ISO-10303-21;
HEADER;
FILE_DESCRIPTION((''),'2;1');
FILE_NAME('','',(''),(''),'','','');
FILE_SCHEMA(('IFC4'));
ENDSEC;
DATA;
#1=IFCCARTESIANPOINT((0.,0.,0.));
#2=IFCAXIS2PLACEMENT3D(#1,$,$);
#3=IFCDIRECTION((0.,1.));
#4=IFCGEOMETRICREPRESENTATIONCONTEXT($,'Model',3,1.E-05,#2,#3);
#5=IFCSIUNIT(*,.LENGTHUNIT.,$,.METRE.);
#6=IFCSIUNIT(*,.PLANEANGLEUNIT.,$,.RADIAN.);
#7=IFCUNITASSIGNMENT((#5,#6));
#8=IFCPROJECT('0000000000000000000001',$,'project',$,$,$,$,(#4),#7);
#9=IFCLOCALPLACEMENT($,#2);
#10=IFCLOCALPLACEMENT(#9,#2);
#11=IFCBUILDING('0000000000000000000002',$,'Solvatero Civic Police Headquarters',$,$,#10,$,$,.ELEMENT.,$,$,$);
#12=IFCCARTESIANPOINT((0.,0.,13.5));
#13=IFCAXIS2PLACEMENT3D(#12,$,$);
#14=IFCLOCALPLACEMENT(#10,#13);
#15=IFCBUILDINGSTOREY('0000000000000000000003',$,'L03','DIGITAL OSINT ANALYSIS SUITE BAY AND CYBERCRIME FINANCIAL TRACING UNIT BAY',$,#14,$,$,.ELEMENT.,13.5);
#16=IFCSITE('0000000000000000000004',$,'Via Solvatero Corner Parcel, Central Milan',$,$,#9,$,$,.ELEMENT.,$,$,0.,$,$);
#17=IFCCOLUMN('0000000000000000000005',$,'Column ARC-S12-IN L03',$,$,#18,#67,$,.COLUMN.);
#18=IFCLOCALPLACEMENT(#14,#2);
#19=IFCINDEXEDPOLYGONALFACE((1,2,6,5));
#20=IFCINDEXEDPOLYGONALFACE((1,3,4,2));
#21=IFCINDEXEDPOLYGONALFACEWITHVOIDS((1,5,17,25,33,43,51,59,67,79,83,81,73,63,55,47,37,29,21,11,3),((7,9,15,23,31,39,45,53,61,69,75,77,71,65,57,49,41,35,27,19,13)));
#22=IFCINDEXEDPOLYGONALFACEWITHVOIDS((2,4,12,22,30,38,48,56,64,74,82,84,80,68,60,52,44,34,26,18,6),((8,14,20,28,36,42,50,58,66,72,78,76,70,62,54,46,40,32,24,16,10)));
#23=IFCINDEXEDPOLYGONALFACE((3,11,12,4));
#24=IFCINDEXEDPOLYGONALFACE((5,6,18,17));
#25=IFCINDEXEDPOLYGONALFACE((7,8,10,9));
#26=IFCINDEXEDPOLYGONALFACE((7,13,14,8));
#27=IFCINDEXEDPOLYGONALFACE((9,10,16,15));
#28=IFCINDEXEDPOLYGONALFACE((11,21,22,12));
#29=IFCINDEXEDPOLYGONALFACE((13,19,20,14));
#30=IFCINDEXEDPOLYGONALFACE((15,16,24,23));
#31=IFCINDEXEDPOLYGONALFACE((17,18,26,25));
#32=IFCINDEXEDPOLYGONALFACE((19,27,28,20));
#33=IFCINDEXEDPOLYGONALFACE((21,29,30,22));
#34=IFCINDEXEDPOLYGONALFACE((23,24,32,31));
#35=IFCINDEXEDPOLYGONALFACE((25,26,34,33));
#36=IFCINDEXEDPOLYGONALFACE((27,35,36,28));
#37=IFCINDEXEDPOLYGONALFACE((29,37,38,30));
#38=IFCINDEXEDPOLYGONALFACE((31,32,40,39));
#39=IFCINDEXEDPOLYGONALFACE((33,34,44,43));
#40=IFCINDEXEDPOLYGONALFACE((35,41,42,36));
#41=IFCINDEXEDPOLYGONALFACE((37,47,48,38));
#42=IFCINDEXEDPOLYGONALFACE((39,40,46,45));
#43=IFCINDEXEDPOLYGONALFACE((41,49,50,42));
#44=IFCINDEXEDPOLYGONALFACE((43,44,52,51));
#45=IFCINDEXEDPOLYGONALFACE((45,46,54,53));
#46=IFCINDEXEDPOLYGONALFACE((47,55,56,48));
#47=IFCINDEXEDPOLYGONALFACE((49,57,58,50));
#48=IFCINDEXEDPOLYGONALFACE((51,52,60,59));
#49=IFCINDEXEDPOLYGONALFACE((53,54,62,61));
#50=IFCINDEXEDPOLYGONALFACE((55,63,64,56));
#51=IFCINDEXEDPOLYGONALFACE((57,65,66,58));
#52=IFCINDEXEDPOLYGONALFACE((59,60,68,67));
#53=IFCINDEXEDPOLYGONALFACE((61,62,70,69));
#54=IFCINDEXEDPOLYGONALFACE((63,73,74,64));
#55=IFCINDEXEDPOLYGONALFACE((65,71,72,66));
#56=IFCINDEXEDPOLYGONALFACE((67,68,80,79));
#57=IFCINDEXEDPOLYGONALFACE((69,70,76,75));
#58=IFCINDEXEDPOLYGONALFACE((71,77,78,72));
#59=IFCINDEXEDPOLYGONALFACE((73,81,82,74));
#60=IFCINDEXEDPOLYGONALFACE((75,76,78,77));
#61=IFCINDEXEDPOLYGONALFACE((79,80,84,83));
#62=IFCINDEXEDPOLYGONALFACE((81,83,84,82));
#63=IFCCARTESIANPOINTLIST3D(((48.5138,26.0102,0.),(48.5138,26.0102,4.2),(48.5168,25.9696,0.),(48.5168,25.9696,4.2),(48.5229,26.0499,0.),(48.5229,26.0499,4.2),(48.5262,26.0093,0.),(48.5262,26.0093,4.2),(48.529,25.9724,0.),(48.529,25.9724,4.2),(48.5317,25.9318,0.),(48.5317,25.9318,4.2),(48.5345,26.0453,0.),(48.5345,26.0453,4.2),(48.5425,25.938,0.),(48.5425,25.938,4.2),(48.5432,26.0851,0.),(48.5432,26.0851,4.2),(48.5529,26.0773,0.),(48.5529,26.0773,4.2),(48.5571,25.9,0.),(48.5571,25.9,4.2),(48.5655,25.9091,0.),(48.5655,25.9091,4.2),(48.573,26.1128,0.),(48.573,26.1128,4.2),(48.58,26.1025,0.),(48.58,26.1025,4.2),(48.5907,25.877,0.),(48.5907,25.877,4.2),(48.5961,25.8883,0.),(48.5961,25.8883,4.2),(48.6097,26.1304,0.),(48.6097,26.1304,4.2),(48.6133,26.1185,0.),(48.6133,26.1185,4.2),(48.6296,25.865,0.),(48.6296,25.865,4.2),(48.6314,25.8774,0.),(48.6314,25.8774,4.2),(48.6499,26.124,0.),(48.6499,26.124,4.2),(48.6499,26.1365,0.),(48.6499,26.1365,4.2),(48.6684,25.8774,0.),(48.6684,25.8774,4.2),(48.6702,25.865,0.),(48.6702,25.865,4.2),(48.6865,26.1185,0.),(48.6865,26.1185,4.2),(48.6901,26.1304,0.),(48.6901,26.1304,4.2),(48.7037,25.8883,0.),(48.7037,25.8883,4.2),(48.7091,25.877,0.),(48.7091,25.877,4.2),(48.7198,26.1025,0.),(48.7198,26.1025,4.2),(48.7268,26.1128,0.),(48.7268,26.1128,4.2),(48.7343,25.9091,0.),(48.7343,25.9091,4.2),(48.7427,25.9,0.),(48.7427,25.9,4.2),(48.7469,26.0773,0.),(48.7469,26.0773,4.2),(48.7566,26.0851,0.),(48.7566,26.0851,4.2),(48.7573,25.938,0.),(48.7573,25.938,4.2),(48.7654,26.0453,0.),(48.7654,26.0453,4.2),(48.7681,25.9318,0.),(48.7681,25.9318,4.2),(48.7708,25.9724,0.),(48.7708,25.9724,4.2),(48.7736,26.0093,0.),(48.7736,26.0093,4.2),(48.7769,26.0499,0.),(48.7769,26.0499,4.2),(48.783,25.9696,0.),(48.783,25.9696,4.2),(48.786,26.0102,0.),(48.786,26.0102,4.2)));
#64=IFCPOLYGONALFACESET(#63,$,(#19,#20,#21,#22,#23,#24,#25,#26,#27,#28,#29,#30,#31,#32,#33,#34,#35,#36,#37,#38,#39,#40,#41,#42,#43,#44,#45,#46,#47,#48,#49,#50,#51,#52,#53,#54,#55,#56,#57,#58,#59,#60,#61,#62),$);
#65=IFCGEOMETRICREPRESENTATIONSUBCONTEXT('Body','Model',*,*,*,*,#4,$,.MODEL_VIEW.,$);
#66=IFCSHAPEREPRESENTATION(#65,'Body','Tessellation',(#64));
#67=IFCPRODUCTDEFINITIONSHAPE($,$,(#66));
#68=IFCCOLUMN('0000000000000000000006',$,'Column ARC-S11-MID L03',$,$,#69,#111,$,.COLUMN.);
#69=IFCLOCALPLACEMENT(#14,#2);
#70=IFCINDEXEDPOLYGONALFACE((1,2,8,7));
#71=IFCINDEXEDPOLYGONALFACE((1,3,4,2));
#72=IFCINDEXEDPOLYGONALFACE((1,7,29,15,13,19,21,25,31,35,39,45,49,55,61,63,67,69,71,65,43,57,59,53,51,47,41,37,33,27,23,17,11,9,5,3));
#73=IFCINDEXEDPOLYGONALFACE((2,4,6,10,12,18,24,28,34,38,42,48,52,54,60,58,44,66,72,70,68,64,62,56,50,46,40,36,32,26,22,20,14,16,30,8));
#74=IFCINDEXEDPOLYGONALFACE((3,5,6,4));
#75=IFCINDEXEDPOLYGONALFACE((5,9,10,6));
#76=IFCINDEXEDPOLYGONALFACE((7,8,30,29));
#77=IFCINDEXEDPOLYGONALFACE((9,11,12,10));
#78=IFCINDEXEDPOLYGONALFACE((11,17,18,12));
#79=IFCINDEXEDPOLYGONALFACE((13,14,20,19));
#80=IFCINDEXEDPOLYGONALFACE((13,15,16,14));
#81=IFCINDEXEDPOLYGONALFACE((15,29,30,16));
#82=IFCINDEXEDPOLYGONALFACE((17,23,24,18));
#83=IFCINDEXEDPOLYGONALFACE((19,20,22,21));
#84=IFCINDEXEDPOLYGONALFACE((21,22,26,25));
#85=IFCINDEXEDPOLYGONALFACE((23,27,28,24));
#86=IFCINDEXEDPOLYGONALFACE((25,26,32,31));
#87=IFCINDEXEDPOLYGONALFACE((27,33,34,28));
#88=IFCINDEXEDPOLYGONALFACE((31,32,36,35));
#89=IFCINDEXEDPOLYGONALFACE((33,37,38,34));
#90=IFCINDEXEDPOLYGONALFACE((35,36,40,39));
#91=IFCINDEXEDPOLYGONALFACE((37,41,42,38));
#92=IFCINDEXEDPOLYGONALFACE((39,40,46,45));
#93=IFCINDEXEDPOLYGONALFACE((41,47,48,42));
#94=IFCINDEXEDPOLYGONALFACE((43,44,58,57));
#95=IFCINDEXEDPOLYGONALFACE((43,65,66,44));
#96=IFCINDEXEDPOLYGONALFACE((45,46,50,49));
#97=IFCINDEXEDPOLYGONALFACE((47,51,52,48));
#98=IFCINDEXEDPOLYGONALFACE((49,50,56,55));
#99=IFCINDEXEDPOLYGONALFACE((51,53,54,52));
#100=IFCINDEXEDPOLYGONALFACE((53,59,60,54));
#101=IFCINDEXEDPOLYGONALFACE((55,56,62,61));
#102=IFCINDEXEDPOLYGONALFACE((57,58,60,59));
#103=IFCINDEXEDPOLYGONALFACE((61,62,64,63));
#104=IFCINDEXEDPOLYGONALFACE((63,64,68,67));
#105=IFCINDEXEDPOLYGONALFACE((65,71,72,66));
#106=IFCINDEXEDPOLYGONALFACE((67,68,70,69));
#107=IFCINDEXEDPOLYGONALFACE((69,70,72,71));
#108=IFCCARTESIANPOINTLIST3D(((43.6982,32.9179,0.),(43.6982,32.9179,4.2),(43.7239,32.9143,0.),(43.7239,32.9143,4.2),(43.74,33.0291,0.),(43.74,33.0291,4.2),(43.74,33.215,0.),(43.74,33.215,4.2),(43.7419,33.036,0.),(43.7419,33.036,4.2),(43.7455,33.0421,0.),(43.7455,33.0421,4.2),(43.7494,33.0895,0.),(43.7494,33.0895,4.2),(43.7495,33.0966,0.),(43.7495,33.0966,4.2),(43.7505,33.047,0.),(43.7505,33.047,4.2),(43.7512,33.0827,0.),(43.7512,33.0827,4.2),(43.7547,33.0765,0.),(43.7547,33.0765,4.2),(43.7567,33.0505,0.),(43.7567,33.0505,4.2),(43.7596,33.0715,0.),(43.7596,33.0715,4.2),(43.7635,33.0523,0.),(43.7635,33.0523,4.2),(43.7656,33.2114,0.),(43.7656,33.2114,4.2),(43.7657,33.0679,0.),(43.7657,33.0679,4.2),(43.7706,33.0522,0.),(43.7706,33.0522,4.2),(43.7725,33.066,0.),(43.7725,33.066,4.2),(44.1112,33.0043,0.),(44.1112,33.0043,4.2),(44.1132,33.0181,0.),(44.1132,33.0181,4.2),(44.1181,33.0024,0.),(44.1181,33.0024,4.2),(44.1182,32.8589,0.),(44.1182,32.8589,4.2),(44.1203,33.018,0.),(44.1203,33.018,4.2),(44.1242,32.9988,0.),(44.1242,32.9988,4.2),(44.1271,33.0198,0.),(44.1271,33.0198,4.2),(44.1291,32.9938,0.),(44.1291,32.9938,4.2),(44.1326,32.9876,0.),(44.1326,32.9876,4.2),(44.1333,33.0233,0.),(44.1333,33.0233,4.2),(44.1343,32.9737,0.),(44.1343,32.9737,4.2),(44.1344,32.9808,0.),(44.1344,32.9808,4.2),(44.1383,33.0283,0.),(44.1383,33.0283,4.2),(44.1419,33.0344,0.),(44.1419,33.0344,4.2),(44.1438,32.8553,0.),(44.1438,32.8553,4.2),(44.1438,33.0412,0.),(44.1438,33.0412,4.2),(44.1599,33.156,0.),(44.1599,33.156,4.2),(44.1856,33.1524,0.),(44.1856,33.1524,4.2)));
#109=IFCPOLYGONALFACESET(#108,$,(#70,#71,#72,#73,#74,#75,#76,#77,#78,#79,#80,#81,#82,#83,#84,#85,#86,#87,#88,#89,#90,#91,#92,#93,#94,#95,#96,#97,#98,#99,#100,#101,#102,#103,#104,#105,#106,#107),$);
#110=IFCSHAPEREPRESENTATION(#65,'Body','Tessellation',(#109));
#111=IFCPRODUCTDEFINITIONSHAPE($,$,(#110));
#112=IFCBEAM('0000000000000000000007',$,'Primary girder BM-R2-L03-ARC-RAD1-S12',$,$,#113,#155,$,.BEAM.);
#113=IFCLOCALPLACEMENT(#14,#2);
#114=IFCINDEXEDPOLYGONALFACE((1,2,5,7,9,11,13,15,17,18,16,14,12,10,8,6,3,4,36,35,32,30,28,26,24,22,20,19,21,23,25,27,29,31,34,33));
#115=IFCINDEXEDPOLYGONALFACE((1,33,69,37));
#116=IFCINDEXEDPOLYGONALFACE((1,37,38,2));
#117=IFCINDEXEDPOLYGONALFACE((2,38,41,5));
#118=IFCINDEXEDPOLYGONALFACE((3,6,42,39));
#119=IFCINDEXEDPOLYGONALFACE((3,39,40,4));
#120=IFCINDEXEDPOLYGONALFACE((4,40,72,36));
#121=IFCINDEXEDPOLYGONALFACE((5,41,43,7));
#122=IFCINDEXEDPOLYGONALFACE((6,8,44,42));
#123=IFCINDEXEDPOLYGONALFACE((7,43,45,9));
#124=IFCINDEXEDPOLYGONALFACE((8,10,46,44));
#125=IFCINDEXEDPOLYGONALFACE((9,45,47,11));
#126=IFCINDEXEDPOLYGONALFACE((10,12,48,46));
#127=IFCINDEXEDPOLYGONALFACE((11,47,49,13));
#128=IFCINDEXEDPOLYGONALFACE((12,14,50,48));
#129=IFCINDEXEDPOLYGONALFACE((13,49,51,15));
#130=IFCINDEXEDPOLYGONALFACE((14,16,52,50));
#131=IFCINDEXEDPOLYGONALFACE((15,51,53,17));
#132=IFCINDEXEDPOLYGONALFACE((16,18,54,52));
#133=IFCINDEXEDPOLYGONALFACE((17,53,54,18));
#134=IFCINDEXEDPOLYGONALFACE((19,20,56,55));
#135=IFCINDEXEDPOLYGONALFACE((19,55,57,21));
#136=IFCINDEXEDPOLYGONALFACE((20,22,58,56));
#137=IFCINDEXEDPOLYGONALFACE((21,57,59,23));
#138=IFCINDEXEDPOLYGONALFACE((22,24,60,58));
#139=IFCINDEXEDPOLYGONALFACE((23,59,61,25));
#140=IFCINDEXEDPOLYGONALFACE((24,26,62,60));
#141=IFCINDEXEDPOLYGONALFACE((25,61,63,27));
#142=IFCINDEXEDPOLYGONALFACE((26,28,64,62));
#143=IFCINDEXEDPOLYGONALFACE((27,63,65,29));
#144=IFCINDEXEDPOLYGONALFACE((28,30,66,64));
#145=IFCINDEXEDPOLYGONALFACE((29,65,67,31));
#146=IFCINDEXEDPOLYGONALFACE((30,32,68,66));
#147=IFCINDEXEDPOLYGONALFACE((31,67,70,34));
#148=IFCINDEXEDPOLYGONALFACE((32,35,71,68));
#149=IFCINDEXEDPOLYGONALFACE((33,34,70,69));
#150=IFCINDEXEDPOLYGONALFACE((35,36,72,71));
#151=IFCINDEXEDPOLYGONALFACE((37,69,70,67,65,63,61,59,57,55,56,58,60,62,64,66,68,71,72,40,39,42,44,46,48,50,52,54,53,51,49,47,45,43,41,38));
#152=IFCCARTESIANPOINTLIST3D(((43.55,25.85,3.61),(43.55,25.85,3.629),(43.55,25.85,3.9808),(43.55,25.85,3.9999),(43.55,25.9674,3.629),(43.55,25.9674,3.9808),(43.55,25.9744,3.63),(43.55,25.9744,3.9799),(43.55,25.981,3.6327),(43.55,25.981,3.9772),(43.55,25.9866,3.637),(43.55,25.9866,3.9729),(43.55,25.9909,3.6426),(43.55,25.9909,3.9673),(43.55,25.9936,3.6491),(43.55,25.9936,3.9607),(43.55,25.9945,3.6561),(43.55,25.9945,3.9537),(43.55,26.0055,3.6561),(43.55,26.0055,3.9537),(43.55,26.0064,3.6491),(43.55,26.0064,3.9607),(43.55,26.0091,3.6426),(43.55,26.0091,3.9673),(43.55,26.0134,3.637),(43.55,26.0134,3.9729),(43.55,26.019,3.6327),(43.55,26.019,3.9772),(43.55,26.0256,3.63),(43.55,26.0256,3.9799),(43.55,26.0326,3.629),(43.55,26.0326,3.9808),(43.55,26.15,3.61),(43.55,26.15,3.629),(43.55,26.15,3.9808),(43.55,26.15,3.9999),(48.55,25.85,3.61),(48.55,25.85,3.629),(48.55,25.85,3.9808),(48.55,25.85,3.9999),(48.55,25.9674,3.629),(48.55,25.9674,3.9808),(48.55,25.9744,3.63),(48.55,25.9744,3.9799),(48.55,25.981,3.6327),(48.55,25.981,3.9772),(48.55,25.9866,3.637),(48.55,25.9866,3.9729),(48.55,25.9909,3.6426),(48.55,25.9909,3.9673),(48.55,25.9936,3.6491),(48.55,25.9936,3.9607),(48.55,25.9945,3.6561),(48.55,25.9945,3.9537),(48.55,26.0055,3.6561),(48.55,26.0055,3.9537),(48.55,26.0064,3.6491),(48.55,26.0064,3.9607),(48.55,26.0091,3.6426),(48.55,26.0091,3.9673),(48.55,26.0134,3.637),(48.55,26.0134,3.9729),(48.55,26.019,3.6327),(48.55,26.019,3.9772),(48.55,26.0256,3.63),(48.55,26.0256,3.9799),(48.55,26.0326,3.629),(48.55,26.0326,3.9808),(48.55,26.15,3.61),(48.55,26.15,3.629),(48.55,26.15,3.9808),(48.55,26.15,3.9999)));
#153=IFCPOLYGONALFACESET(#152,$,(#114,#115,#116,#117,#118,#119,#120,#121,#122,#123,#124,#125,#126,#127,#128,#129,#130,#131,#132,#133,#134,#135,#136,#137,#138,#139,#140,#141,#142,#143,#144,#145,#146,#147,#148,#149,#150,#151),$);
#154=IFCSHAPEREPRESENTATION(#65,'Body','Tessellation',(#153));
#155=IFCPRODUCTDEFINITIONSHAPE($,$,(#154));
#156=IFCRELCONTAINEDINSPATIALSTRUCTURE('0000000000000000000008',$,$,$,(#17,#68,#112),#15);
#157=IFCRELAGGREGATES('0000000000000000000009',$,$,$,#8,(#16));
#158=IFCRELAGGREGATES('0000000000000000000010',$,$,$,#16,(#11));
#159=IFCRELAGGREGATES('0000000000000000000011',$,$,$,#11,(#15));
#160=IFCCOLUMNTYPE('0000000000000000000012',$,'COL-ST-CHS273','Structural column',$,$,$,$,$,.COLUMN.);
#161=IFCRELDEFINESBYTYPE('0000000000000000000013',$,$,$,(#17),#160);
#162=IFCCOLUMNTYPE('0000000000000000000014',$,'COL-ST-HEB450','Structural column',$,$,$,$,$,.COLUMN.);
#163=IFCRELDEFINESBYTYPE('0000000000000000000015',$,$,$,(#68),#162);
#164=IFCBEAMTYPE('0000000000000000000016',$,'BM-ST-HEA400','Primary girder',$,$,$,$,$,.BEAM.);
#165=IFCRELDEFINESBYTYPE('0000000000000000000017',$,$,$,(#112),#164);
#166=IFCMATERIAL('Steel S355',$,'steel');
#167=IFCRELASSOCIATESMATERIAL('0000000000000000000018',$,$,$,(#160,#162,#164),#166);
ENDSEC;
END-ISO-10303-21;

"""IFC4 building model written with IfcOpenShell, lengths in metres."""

from ifc_helpers import new_model, si_unit, direction, frame, origin, origin_2d, place, context, subcontext, project, spatial, hollow_circle, i_section, extrude, material, material_profile, profile_set, type_object, element, save


model = new_model("IFC4")

# Units and contexts
model_context = context("Model", 3, precision=1e-05, world=origin(), true_north=direction((0.0, 1.0)))
body_context = subcontext(model_context, "Body", "Model", "MODEL_VIEW")
ifc_project = project(units=[si_unit("LENGTHUNIT", "METRE"), si_unit("PLANEANGLEUNIT", "RADIAN")], contexts=[model_context])

# Site, building, storey
site_placement = place(None, origin())
site = spatial("IfcSite", under=ifc_project, at=site_placement, Name="Via Solvatero Corner Parcel, Central Milan", CompositionType="ELEMENT", RefElevation=0.0)
building_placement = place(site_placement, origin())
building = spatial("IfcBuilding", under=site, at=building_placement, Name="Solvatero Civic Police Headquarters", CompositionType="ELEMENT")
storey_placement = place(building_placement, frame((0.0, 0.0, 13.5)))
storey = spatial("IfcBuildingStorey", under=building, at=storey_placement, Name="L03", Description="DIGITAL OSINT ANALYSIS SUITE BAY AND CYBERCRIME FINANCIAL TRACING UNIT BAY", CompositionType="ELEMENT", Elevation=13.5)

# Columns
ifc_material_1 = material(Name="Steel S355", Category="steel")
ifc_material_profile_1 = material_profile(ifc_material_1, hollow_circle(Radius=0.1365, WallThickness=0.0125, at=origin_2d()), Name="CHS 273.0x12.5")
ifc_profile_set_1 = profile_set([ifc_material_profile_1], Name="Steel S355")
column_type_1 = type_object("IfcColumnType", Name="COL-ST-CHS273", Description="Structural column", PredefinedType="COLUMN", material=ifc_profile_set_1)
column_1_placement = place(storey_placement, frame((48.6499, 26.0, 0.0), z_axis=(0.0, 0.0, 1.0), x_axis=(0.0, 1.0, 0.0)))
element("IfcColumn", 1, at=column_1_placement, inside=storey, type_object=column_type_1, Name="Column ARC-S12-IN L03", PredefinedType="COLUMN", context=body_context, shape_type="SweptSolid", body=[
    extrude(hollow_circle(Radius=0.1365, WallThickness=0.0125, at=origin_2d()), origin(), (0.0, 0.0, 1.0), 4.2),
])
ifc_material_profile_2 = material_profile(ifc_material_1, i_section(OverallWidth=0.3, OverallDepth=0.45, WebThickness=0.0139, FlangeThickness=0.0259, FilletRadius=0.0271, at=origin_2d()), Name="HEB 450")
ifc_profile_set_2 = profile_set([ifc_material_profile_2], Name="Steel S355")
column_type_2 = type_object("IfcColumnType", Name="COL-ST-HEB450", Description="Structural column", PredefinedType="COLUMN", material=ifc_profile_set_2)
column_2_placement = place(storey_placement, frame((43.9419, 33.0352, 0.0), z_axis=(0.0, 0.0, 1.0), x_axis=(0.139173, 0.990268, 0.0)))
element("IfcColumn", 2, at=column_2_placement, inside=storey, type_object=column_type_2, Name="Column ARC-S11-MID L03", PredefinedType="COLUMN", context=body_context, shape_type="SweptSolid", body=[
    extrude(i_section(OverallWidth=0.3, OverallDepth=0.45, WebThickness=0.0139, FlangeThickness=0.0259, FilletRadius=0.0271, at=origin_2d()), origin(), (0.0, 0.0, 1.0), 4.2),
])

# Beam
ifc_material_profile_3 = material_profile(ifc_material_1, i_section(OverallWidth=0.3, OverallDepth=0.3899, WebThickness=0.011, FlangeThickness=0.019, FilletRadius=0.0271, at=origin_2d()), Name="HEA 400")
ifc_profile_set_3 = profile_set([ifc_material_profile_3], Name="Steel S355")
beam_type_1 = type_object("IfcBeamType", Name="BM-ST-HEA400", Description="Primary girder", PredefinedType="BEAM", material=ifc_profile_set_3)
beam_1_placement = place(storey_placement, frame((48.55, 26.0, 3.8049), z_axis=(-1.0, 0.0, 0.0), x_axis=(0.0, -1.0, 0.0)))
element("IfcBeam", 3, at=beam_1_placement, inside=storey, type_object=beam_type_1, Name="Primary girder BM-R2-L03-ARC-RAD1-S12", PredefinedType="BEAM", context=body_context, shape_type="SweptSolid", body=[
    extrude(i_section(OverallWidth=0.3, OverallDepth=0.3899, WebThickness=0.011, FlangeThickness=0.019, FilletRadius=0.0271, at=origin_2d()), origin(), (0.0, 0.0, 1.0), 5.0),
])

save(model, "model.ifc")
